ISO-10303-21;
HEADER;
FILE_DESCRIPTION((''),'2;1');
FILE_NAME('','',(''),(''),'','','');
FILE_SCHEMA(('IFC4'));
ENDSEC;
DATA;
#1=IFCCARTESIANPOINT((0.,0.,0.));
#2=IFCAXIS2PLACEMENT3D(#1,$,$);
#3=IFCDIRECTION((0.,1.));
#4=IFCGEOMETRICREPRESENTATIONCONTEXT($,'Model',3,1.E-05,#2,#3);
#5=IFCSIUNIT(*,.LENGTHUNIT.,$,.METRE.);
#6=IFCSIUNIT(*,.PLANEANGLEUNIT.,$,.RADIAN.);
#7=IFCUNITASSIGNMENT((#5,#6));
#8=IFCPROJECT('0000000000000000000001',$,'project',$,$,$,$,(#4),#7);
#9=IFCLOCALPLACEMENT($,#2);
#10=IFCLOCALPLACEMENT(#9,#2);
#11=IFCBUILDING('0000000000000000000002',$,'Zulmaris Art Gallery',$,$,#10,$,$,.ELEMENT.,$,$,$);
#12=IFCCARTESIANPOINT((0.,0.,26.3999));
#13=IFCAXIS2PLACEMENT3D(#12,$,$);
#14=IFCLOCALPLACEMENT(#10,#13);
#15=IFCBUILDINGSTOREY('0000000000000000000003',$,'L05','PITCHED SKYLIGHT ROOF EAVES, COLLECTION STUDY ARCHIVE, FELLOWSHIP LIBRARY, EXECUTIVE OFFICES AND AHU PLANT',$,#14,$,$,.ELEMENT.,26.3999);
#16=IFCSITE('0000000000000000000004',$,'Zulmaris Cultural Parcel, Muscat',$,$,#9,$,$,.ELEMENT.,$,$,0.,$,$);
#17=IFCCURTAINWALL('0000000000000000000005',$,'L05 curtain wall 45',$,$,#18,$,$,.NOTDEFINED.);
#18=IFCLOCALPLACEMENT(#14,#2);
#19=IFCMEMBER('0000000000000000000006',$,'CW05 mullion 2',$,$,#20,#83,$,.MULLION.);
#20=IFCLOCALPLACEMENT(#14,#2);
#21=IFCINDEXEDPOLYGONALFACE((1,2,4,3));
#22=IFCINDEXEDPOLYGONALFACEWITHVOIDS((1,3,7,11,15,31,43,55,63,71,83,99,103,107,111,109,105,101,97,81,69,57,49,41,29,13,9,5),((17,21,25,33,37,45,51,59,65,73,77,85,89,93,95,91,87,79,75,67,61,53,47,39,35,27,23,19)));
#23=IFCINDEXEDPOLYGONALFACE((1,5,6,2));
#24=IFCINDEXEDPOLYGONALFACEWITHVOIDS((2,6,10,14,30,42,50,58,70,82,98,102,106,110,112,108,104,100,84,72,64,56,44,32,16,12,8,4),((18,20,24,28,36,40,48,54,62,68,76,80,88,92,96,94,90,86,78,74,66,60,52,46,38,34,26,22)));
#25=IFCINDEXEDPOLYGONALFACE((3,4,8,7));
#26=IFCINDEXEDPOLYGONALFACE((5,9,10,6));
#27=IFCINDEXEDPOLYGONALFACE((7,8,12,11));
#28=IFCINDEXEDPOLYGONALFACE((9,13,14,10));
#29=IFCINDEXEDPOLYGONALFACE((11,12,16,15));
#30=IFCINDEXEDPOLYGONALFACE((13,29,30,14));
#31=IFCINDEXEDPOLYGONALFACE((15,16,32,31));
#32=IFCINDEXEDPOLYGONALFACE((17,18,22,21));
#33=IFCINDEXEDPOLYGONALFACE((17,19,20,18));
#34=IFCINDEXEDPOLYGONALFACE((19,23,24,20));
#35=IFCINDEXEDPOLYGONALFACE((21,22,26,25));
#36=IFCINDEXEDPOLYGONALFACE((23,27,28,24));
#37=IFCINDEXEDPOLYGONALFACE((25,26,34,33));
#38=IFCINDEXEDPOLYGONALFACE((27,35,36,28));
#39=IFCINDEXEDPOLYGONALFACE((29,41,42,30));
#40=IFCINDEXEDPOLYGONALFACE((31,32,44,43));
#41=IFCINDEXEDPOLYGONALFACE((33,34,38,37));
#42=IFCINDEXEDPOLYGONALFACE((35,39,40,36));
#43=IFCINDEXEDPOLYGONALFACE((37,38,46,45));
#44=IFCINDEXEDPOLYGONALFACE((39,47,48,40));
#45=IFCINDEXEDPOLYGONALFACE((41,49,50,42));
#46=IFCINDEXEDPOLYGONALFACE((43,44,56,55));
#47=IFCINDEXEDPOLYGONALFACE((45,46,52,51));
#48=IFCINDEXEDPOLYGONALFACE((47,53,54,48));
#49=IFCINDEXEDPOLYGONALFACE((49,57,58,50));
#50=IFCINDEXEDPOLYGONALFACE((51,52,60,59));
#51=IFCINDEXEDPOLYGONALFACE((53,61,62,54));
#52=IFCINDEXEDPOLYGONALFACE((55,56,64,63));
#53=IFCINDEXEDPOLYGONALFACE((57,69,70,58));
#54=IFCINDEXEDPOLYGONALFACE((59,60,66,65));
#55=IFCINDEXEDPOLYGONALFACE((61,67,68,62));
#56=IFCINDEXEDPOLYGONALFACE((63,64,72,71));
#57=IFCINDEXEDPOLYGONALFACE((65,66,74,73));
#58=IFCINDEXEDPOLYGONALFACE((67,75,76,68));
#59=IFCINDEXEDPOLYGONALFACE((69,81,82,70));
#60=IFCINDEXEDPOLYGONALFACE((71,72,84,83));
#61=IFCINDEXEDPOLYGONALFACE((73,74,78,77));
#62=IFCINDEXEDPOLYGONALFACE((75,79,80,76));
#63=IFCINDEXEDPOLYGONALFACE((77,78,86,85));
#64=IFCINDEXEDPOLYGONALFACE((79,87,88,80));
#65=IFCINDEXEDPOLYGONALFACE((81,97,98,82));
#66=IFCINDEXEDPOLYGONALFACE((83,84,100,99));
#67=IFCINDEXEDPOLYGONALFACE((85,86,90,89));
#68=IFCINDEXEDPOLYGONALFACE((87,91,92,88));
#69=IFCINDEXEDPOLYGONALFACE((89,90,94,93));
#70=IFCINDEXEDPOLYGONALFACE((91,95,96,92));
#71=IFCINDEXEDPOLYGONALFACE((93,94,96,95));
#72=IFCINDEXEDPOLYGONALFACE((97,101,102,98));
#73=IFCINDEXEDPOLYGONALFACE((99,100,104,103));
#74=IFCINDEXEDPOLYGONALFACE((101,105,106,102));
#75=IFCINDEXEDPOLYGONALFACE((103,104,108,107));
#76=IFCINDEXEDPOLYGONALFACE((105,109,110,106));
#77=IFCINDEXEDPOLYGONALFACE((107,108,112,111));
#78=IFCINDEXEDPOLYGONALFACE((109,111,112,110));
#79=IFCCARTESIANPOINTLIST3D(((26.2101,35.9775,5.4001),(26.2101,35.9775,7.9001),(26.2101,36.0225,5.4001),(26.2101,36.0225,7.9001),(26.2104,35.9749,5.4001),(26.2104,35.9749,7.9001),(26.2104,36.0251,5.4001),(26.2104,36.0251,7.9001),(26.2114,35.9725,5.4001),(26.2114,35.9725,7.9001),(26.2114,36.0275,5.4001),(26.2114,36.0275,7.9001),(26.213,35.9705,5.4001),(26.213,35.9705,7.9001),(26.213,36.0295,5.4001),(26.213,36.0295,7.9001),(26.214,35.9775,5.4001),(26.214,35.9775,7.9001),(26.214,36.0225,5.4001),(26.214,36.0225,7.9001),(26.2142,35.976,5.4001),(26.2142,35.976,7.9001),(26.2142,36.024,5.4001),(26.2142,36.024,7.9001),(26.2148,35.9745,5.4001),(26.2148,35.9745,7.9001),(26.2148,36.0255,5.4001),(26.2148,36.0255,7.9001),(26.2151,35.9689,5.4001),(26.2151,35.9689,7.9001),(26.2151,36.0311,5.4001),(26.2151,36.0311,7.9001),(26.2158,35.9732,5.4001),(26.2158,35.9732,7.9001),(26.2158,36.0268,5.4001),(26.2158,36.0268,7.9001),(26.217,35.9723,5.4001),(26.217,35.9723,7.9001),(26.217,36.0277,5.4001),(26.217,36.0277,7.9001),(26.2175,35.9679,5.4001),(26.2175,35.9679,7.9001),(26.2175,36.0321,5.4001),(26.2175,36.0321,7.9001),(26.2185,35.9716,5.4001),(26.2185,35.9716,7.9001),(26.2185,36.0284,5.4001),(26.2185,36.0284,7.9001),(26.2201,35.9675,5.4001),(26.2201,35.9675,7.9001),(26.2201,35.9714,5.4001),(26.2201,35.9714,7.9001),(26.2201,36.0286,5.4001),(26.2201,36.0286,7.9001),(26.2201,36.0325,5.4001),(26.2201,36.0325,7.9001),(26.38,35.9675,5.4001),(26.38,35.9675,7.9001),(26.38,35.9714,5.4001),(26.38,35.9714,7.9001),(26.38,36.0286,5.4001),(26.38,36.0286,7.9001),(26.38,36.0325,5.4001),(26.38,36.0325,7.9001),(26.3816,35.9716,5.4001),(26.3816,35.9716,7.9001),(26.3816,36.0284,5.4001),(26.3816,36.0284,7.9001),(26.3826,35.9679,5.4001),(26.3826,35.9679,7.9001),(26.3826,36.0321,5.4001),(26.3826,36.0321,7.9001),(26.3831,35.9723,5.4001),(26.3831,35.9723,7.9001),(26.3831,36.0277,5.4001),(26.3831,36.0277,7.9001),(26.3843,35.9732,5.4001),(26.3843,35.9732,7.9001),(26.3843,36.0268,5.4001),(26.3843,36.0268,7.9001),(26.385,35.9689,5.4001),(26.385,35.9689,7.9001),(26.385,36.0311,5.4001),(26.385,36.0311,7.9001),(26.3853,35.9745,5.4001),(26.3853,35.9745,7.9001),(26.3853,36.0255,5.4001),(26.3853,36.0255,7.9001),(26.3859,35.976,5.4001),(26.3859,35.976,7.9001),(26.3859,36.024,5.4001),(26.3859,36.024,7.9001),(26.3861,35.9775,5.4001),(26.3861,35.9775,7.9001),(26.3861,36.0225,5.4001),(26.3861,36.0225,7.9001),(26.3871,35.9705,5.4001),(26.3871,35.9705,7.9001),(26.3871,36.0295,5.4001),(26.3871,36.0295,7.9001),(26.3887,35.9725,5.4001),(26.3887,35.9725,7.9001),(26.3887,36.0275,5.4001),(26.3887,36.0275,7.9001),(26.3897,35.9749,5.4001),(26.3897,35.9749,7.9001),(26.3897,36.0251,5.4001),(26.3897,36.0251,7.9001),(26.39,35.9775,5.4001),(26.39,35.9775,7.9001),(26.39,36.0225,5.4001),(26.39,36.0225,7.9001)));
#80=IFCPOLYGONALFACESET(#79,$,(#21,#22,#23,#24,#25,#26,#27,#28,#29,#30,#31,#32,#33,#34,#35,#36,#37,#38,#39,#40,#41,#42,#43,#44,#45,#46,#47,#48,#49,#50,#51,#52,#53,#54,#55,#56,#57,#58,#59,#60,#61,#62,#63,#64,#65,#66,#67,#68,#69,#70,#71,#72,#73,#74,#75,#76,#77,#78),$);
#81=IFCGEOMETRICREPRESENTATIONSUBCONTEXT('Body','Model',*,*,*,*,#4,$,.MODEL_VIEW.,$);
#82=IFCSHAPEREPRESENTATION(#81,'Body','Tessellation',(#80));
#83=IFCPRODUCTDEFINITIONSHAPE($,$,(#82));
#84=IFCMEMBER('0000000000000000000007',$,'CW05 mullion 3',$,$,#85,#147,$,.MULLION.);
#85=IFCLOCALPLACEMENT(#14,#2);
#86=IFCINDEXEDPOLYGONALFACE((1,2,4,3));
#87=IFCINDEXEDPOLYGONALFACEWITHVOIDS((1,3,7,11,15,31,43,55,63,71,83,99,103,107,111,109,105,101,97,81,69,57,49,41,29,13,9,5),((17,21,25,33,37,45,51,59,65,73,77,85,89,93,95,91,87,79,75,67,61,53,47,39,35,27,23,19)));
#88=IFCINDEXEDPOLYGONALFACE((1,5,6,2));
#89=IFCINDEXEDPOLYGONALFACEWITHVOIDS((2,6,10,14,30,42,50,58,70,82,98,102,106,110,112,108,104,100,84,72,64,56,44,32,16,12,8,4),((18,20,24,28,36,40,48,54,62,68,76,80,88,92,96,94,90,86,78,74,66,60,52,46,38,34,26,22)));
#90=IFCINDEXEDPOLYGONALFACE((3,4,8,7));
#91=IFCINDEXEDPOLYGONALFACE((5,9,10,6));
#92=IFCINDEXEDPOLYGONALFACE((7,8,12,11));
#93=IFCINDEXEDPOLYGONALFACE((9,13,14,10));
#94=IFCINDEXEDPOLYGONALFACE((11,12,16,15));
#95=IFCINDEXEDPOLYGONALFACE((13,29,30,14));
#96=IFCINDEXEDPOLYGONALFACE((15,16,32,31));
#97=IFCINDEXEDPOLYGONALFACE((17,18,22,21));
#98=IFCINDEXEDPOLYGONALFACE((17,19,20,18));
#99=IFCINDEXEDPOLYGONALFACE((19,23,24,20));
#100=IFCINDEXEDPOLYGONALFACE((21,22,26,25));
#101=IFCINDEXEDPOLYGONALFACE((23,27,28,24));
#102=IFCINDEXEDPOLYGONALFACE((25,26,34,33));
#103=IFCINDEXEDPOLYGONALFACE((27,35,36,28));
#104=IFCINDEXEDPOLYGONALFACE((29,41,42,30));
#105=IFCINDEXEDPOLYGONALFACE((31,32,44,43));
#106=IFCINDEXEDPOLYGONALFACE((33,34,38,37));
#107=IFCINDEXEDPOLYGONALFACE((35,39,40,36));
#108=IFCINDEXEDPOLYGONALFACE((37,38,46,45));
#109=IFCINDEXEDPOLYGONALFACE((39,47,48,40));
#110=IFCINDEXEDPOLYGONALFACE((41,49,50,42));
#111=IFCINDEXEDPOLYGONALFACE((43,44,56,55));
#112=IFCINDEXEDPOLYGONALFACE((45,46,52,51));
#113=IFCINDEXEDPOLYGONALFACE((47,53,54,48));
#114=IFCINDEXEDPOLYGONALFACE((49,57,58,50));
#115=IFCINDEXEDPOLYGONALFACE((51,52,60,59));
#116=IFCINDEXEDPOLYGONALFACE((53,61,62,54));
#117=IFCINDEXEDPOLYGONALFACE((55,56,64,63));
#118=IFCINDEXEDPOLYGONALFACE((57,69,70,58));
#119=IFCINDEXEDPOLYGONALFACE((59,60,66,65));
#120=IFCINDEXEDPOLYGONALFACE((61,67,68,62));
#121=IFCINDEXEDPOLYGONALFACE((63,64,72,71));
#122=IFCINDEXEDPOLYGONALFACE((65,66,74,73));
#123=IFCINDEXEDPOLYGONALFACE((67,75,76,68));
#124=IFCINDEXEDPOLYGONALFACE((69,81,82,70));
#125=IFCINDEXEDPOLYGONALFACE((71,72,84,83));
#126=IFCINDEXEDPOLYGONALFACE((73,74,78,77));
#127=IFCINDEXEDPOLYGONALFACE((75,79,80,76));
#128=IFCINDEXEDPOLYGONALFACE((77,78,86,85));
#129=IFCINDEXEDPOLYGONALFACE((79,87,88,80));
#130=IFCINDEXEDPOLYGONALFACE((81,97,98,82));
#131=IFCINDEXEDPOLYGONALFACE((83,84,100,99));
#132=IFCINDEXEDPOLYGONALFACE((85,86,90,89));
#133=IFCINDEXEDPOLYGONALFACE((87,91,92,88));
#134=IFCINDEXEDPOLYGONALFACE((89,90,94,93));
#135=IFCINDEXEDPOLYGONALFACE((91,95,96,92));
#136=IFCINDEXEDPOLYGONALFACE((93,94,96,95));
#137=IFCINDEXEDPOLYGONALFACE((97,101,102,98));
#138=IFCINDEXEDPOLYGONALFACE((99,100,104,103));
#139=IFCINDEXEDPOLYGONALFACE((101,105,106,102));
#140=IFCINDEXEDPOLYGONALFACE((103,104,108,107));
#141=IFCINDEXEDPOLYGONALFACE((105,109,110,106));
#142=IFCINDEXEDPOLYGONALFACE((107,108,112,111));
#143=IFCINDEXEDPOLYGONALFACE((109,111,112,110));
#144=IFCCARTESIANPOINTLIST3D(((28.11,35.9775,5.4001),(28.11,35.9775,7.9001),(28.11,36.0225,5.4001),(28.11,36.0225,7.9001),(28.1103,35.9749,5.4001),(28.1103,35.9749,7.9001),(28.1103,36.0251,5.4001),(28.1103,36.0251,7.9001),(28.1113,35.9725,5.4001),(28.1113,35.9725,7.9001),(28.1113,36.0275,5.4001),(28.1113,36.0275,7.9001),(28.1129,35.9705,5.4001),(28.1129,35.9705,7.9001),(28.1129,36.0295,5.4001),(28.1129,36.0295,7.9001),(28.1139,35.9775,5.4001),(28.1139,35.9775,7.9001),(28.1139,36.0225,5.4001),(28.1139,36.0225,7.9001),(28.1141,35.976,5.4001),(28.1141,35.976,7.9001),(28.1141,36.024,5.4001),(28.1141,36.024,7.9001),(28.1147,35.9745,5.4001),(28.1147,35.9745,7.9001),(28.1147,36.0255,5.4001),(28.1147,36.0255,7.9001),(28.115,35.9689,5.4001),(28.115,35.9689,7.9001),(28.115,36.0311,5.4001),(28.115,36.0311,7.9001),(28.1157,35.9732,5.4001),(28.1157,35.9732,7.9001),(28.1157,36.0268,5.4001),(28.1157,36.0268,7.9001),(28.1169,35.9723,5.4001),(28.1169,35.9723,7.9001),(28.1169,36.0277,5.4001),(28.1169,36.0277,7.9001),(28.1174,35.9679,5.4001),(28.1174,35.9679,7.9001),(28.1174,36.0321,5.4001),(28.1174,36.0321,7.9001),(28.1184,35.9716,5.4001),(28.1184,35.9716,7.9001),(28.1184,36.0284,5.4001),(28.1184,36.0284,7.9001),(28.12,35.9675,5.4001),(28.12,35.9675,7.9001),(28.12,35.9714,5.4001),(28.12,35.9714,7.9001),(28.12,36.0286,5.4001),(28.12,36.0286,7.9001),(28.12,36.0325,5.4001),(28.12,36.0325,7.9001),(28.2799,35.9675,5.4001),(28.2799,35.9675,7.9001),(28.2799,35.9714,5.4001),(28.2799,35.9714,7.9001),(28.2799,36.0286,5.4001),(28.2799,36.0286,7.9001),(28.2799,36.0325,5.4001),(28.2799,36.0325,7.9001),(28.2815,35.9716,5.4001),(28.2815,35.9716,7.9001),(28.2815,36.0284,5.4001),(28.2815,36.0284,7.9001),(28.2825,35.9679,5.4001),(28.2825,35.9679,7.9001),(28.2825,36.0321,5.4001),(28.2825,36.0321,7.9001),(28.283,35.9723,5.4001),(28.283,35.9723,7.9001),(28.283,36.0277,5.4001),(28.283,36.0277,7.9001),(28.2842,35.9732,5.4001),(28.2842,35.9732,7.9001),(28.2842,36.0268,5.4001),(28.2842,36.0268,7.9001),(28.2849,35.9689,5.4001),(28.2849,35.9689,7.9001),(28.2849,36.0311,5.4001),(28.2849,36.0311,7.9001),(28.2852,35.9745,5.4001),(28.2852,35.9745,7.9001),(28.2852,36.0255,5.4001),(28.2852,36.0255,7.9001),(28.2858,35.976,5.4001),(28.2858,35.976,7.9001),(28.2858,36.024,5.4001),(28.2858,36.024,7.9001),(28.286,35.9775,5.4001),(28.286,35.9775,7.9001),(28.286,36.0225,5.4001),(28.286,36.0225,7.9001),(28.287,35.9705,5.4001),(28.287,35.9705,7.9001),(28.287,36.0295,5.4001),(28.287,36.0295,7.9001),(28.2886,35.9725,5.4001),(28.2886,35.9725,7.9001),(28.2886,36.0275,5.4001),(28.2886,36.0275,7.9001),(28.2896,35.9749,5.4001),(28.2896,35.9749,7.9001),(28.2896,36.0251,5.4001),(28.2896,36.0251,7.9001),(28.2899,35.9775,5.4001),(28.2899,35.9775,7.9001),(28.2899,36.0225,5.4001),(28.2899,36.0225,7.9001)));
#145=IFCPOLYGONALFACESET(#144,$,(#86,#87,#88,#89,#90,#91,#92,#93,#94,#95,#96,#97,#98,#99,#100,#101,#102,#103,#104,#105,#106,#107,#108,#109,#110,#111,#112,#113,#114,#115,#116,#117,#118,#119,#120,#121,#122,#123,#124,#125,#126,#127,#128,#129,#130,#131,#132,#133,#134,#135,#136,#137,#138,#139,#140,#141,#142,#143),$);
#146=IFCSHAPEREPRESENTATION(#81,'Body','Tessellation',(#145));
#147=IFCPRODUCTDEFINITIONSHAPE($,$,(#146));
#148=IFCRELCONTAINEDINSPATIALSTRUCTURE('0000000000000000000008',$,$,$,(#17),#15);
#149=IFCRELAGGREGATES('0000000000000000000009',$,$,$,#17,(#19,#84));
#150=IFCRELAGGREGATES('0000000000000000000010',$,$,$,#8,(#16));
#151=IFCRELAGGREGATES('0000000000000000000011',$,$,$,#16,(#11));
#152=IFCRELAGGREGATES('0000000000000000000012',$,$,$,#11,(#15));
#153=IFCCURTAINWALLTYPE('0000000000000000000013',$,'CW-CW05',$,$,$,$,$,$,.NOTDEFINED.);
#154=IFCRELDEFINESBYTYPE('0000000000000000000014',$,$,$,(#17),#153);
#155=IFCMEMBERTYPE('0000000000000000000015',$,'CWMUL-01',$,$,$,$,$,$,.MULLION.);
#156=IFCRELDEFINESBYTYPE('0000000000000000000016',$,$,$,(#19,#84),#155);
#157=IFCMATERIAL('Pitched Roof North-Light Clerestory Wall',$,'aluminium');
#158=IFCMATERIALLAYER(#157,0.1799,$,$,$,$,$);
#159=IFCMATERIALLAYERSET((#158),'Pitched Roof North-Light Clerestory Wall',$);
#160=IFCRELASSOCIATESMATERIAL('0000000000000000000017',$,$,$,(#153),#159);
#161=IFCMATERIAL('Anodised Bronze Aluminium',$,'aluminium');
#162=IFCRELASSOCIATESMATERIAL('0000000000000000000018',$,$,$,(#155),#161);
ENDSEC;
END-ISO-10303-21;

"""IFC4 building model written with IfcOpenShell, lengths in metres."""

from ifc_helpers import new_model, si_unit, direction, frame, origin, origin_2d, place, context, subcontext, project, spatial, hollow_rectangle, extrude, material, layer, layer_set, material_profile, profile_set, type_object, element, aggregate, save


model = new_model("IFC4")

# Units and contexts
model_context = context("Model", 3, precision=1e-05, world=origin(), true_north=direction((0.0, 1.0)))
body_context = subcontext(model_context, "Body", "Model", "MODEL_VIEW")
ifc_project = project(units=[si_unit("LENGTHUNIT", "METRE"), si_unit("PLANEANGLEUNIT", "RADIAN")], contexts=[model_context])

# Site, building, storey
site_placement = place(None, origin())
site = spatial("IfcSite", under=ifc_project, at=site_placement, Name="Zulmaris Cultural Parcel, Muscat", CompositionType="ELEMENT", RefElevation=0.0)
building_placement = place(site_placement, origin())
building = spatial("IfcBuilding", under=site, at=building_placement, Name="Zulmaris Art Gallery", CompositionType="ELEMENT")
storey_placement = place(building_placement, frame((0.0, 0.0, 26.3999)))
storey = spatial("IfcBuildingStorey", under=building, at=storey_placement, Name="L05", Description="PITCHED SKYLIGHT ROOF EAVES, COLLECTION STUDY ARCHIVE, FELLOWSHIP LIBRARY, EXECUTIVE OFFICES AND AHU PLANT", CompositionType="ELEMENT", Elevation=26.3999)

# Curtain wall, members
ifc_material_1 = material(Name="Pitched Roof North-Light Clerestory Wall", Category="aluminium")
ifc_layer_1 = layer(ifc_material_1, 0.1799)
ifc_layer_set_1 = layer_set([ifc_layer_1], Name="Pitched Roof North-Light Clerestory Wall")
curtain_wall_type = type_object("IfcCurtainWallType", Name="CW-CW05", PredefinedType="NOTDEFINED", material=ifc_layer_set_1)
curtain_wall_placement = place(storey_placement, origin())
curtain_wall = element("IfcCurtainWall", 1, at=curtain_wall_placement, inside=storey, type_object=curtain_wall_type, Name="L05 curtain wall 45", PredefinedType="NOTDEFINED")
ifc_material_2 = material(Name="Anodised Bronze Aluminium", Category="aluminium")
ifc_material_profile_1 = material_profile(ifc_material_2, hollow_rectangle(XDim=0.0649, YDim=0.1799, WallThickness=0.0039, InnerFilletRadius=0.0061, OuterFilletRadius=0.01, at=origin_2d()), Name="ALU 65x180x4")
ifc_profile_set_1 = profile_set([ifc_material_profile_1], Name="Anodised Bronze Aluminium")
member_type_1 = type_object("IfcMemberType", Name="CWMUL-01", PredefinedType="MULLION", material=ifc_profile_set_1)
member_1_placement = place(storey_placement, frame((26.3, 36.0, 5.4001), z_axis=(0.0, 0.0, 1.0), x_axis=(0.0, 1.0, 0.0)))
member_1 = element("IfcMember", 2, at=member_1_placement, type_object=member_type_1, Name="CW05 mullion 2", PredefinedType="MULLION", context=body_context, shape_type="SweptSolid", body=[
    extrude(hollow_rectangle(XDim=0.0649, YDim=0.1799, WallThickness=0.0039, InnerFilletRadius=0.0061, OuterFilletRadius=0.01, at=origin_2d()), origin(), (0.0, 0.0, 1.0), 2.5),
])
member_2_placement = place(storey_placement, frame((28.2, 36.0, 5.4001), z_axis=(0.0, 0.0, 1.0), x_axis=(0.0, 1.0, 0.0)))
member_2 = element("IfcMember", 3, at=member_2_placement, type_object=member_type_1, Name="CW05 mullion 3", PredefinedType="MULLION", context=body_context, shape_type="SweptSolid", body=[
    extrude(hollow_rectangle(XDim=0.0649, YDim=0.1799, WallThickness=0.0039, InnerFilletRadius=0.0061, OuterFilletRadius=0.01, at=origin_2d()), origin(), (0.0, 0.0, 1.0), 2.5),
])

aggregate(curtain_wall, [member_1, member_2])

save(model, "model.ifc")
